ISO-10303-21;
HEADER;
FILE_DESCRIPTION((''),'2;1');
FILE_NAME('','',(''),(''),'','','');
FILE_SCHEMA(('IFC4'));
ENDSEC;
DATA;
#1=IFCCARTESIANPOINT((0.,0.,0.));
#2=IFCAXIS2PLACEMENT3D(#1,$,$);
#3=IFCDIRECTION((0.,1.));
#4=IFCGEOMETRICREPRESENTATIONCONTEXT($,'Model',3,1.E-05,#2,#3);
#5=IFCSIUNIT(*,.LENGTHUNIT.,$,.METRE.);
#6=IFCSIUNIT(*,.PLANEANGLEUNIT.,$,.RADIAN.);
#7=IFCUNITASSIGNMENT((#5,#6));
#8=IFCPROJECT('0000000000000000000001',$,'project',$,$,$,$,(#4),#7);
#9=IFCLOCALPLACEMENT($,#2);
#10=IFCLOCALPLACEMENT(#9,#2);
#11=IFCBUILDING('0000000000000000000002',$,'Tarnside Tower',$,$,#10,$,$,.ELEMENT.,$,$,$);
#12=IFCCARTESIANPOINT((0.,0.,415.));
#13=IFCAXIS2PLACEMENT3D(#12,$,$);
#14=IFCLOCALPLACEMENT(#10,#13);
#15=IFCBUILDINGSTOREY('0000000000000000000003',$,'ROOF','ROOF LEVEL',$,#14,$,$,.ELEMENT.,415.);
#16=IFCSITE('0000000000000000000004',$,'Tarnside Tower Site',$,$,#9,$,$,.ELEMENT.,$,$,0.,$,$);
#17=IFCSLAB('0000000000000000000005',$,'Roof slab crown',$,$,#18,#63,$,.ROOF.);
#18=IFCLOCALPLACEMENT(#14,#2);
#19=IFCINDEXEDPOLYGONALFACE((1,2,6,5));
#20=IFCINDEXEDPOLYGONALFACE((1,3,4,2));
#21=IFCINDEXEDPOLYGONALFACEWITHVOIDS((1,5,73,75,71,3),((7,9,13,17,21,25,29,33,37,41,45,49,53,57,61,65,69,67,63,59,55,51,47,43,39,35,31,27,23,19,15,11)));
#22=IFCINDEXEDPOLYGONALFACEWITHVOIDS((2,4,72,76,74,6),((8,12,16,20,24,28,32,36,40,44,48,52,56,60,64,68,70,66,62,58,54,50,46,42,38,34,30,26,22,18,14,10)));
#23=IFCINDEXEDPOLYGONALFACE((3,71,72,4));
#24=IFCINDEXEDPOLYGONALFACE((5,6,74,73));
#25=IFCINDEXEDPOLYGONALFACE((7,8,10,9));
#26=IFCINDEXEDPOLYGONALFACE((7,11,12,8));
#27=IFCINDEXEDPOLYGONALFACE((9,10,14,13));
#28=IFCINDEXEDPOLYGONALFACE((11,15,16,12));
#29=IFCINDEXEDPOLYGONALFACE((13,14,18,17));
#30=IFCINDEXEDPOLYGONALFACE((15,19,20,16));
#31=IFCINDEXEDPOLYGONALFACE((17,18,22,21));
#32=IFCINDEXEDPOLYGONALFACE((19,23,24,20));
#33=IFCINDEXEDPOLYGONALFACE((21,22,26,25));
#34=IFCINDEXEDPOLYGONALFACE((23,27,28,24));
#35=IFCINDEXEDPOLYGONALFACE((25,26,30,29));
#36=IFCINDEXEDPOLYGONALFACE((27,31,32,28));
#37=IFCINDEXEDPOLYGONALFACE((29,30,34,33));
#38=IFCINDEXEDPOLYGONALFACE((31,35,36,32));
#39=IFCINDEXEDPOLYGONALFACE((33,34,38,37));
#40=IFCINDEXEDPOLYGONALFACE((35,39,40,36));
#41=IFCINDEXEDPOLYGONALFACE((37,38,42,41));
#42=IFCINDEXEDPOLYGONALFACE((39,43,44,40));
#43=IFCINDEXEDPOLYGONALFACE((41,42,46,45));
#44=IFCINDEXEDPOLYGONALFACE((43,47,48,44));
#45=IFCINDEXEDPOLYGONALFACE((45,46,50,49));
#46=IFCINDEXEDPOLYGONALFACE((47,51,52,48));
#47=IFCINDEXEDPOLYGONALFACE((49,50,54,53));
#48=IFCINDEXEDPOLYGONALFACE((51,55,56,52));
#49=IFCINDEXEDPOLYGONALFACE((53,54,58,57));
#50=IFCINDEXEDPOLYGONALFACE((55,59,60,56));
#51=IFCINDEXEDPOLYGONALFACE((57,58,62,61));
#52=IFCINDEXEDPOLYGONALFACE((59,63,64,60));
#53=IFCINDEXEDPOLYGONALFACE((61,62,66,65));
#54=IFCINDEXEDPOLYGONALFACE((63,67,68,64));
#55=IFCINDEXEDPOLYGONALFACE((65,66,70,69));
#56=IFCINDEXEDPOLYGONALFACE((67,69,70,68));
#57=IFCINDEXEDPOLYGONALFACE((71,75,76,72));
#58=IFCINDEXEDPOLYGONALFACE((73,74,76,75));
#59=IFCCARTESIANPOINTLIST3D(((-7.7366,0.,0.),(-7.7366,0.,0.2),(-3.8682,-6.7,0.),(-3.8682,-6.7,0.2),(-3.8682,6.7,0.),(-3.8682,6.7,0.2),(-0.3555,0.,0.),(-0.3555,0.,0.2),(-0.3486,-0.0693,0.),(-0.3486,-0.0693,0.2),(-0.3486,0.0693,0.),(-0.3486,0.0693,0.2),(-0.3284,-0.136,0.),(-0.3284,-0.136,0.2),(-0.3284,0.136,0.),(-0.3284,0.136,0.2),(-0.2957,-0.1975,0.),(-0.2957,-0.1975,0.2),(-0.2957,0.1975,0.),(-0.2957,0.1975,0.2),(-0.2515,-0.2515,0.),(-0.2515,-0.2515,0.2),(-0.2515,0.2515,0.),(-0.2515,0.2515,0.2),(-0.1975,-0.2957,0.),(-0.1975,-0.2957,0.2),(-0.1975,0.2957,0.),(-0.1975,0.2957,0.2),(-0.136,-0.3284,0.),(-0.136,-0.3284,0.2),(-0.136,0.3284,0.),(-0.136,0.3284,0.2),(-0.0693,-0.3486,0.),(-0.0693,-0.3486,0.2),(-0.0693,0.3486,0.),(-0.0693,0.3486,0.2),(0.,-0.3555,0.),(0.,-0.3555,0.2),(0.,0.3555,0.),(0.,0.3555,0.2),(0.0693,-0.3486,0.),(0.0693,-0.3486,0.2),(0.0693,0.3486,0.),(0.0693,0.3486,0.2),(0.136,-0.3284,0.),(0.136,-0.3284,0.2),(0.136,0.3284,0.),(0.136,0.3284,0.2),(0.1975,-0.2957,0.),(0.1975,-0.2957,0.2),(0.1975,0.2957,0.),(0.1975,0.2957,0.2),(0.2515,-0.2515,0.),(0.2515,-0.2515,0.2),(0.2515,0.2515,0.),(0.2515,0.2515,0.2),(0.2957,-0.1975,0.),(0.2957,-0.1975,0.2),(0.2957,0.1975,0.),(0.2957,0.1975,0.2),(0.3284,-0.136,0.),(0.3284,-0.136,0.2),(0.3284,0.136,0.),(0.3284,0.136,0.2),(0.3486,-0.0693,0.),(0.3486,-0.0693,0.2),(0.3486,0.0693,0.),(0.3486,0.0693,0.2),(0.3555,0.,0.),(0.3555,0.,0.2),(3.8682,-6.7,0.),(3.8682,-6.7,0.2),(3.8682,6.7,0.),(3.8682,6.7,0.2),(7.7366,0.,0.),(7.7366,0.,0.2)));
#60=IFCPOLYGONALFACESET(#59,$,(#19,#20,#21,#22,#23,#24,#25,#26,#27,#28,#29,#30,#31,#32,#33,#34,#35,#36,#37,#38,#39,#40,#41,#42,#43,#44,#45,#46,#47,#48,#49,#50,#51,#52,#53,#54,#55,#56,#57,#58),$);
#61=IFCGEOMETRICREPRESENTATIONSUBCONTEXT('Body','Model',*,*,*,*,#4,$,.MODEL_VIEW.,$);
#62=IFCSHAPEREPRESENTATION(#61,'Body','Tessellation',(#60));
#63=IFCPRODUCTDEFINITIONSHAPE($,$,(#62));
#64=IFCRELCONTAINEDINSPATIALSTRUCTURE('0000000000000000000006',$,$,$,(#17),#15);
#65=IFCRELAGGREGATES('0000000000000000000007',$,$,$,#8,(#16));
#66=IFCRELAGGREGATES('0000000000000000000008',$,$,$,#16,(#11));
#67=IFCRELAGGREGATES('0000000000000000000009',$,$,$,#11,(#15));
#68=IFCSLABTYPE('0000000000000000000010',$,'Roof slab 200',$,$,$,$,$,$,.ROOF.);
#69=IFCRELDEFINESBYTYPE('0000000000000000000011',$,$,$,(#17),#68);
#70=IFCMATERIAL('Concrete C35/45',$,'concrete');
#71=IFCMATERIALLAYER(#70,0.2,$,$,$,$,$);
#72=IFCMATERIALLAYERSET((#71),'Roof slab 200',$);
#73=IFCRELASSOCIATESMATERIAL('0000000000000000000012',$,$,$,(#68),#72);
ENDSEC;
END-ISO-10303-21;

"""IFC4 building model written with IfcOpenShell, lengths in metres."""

from ifc_helpers import new_model, si_unit, direction, frame, origin, place, context, subcontext, project, spatial, polyline, outline, extrude, material, layer, layer_set, type_object, element, save


model = new_model("IFC4")

# Units and contexts
model_context = context("Model", 3, precision=1e-05, world=origin(), true_north=direction((0.0, 1.0)))
body_context = subcontext(model_context, "Body", "Model", "MODEL_VIEW")
ifc_project = project(units=[si_unit("LENGTHUNIT", "METRE"), si_unit("PLANEANGLEUNIT", "RADIAN")], contexts=[model_context])

# Site, building, storey
site_placement = place(None, origin())
site = spatial("IfcSite", under=ifc_project, at=site_placement, Name="Tarnside Tower Site", CompositionType="ELEMENT", RefElevation=0.0)
building_placement = place(site_placement, origin())
building = spatial("IfcBuilding", under=site, at=building_placement, Name="Tarnside Tower", CompositionType="ELEMENT")
storey_placement = place(building_placement, frame((0.0, 0.0, 415.0)))
storey = spatial("IfcBuildingStorey", under=building, at=storey_placement, Name="ROOF", Description="ROOF LEVEL", CompositionType="ELEMENT", Elevation=415.0)

# Slab
ifc_material = material(Name="Concrete C35/45", Category="concrete")
ifc_layer = layer(ifc_material, 0.2)
ifc_layer_set = layer_set([ifc_layer], Name="Roof slab 200")
slab_type = type_object("IfcSlabType", Name="Roof slab 200", PredefinedType="ROOF", material=ifc_layer_set)
slab_placement = place(storey_placement, origin())
element("IfcSlab", 1, at=slab_placement, inside=storey, type_object=slab_type, Name="Roof slab crown", PredefinedType="ROOF", context=body_context, shape_type="SweptSolid", body=[
    extrude(outline(polyline([(3.8682, 6.7), (7.7366, 0.0), (3.8682, -6.7), (-3.8682, -6.7), (-7.7366, 0.0), (-3.8682, 6.7), (3.8682, 6.7)]), holes=[polyline([(0.3486, 0.0693), (0.3284, 0.136), (0.2957, 0.1975), (0.2515, 0.2515), (0.1975, 0.2957), (0.136, 0.3284), (0.0693, 0.3486), (0.0, 0.3555), (-0.0693, 0.3486), (-0.136, 0.3284), (-0.1975, 0.2957), (-0.2515, 0.2515), (-0.2957, 0.1975), (-0.3284, 0.136), (-0.3486, 0.0693), (-0.3555, 0.0), (-0.3486, -0.0693), (-0.3284, -0.136), (-0.2957, -0.1975), (-0.2515, -0.2515), (-0.1975, -0.2957), (-0.136, -0.3284), (-0.0693, -0.3486), (0.0, -0.3555), (0.0693, -0.3486), (0.136, -0.3284), (0.1975, -0.2957), (0.2515, -0.2515), (0.2957, -0.1975), (0.3284, -0.136), (0.3486, -0.0693), (0.3555, 0.0), (0.3486, 0.0693)])]), origin(), (0.0, 0.0, 1.0), 0.2),
])

save(model, "model.ifc")
